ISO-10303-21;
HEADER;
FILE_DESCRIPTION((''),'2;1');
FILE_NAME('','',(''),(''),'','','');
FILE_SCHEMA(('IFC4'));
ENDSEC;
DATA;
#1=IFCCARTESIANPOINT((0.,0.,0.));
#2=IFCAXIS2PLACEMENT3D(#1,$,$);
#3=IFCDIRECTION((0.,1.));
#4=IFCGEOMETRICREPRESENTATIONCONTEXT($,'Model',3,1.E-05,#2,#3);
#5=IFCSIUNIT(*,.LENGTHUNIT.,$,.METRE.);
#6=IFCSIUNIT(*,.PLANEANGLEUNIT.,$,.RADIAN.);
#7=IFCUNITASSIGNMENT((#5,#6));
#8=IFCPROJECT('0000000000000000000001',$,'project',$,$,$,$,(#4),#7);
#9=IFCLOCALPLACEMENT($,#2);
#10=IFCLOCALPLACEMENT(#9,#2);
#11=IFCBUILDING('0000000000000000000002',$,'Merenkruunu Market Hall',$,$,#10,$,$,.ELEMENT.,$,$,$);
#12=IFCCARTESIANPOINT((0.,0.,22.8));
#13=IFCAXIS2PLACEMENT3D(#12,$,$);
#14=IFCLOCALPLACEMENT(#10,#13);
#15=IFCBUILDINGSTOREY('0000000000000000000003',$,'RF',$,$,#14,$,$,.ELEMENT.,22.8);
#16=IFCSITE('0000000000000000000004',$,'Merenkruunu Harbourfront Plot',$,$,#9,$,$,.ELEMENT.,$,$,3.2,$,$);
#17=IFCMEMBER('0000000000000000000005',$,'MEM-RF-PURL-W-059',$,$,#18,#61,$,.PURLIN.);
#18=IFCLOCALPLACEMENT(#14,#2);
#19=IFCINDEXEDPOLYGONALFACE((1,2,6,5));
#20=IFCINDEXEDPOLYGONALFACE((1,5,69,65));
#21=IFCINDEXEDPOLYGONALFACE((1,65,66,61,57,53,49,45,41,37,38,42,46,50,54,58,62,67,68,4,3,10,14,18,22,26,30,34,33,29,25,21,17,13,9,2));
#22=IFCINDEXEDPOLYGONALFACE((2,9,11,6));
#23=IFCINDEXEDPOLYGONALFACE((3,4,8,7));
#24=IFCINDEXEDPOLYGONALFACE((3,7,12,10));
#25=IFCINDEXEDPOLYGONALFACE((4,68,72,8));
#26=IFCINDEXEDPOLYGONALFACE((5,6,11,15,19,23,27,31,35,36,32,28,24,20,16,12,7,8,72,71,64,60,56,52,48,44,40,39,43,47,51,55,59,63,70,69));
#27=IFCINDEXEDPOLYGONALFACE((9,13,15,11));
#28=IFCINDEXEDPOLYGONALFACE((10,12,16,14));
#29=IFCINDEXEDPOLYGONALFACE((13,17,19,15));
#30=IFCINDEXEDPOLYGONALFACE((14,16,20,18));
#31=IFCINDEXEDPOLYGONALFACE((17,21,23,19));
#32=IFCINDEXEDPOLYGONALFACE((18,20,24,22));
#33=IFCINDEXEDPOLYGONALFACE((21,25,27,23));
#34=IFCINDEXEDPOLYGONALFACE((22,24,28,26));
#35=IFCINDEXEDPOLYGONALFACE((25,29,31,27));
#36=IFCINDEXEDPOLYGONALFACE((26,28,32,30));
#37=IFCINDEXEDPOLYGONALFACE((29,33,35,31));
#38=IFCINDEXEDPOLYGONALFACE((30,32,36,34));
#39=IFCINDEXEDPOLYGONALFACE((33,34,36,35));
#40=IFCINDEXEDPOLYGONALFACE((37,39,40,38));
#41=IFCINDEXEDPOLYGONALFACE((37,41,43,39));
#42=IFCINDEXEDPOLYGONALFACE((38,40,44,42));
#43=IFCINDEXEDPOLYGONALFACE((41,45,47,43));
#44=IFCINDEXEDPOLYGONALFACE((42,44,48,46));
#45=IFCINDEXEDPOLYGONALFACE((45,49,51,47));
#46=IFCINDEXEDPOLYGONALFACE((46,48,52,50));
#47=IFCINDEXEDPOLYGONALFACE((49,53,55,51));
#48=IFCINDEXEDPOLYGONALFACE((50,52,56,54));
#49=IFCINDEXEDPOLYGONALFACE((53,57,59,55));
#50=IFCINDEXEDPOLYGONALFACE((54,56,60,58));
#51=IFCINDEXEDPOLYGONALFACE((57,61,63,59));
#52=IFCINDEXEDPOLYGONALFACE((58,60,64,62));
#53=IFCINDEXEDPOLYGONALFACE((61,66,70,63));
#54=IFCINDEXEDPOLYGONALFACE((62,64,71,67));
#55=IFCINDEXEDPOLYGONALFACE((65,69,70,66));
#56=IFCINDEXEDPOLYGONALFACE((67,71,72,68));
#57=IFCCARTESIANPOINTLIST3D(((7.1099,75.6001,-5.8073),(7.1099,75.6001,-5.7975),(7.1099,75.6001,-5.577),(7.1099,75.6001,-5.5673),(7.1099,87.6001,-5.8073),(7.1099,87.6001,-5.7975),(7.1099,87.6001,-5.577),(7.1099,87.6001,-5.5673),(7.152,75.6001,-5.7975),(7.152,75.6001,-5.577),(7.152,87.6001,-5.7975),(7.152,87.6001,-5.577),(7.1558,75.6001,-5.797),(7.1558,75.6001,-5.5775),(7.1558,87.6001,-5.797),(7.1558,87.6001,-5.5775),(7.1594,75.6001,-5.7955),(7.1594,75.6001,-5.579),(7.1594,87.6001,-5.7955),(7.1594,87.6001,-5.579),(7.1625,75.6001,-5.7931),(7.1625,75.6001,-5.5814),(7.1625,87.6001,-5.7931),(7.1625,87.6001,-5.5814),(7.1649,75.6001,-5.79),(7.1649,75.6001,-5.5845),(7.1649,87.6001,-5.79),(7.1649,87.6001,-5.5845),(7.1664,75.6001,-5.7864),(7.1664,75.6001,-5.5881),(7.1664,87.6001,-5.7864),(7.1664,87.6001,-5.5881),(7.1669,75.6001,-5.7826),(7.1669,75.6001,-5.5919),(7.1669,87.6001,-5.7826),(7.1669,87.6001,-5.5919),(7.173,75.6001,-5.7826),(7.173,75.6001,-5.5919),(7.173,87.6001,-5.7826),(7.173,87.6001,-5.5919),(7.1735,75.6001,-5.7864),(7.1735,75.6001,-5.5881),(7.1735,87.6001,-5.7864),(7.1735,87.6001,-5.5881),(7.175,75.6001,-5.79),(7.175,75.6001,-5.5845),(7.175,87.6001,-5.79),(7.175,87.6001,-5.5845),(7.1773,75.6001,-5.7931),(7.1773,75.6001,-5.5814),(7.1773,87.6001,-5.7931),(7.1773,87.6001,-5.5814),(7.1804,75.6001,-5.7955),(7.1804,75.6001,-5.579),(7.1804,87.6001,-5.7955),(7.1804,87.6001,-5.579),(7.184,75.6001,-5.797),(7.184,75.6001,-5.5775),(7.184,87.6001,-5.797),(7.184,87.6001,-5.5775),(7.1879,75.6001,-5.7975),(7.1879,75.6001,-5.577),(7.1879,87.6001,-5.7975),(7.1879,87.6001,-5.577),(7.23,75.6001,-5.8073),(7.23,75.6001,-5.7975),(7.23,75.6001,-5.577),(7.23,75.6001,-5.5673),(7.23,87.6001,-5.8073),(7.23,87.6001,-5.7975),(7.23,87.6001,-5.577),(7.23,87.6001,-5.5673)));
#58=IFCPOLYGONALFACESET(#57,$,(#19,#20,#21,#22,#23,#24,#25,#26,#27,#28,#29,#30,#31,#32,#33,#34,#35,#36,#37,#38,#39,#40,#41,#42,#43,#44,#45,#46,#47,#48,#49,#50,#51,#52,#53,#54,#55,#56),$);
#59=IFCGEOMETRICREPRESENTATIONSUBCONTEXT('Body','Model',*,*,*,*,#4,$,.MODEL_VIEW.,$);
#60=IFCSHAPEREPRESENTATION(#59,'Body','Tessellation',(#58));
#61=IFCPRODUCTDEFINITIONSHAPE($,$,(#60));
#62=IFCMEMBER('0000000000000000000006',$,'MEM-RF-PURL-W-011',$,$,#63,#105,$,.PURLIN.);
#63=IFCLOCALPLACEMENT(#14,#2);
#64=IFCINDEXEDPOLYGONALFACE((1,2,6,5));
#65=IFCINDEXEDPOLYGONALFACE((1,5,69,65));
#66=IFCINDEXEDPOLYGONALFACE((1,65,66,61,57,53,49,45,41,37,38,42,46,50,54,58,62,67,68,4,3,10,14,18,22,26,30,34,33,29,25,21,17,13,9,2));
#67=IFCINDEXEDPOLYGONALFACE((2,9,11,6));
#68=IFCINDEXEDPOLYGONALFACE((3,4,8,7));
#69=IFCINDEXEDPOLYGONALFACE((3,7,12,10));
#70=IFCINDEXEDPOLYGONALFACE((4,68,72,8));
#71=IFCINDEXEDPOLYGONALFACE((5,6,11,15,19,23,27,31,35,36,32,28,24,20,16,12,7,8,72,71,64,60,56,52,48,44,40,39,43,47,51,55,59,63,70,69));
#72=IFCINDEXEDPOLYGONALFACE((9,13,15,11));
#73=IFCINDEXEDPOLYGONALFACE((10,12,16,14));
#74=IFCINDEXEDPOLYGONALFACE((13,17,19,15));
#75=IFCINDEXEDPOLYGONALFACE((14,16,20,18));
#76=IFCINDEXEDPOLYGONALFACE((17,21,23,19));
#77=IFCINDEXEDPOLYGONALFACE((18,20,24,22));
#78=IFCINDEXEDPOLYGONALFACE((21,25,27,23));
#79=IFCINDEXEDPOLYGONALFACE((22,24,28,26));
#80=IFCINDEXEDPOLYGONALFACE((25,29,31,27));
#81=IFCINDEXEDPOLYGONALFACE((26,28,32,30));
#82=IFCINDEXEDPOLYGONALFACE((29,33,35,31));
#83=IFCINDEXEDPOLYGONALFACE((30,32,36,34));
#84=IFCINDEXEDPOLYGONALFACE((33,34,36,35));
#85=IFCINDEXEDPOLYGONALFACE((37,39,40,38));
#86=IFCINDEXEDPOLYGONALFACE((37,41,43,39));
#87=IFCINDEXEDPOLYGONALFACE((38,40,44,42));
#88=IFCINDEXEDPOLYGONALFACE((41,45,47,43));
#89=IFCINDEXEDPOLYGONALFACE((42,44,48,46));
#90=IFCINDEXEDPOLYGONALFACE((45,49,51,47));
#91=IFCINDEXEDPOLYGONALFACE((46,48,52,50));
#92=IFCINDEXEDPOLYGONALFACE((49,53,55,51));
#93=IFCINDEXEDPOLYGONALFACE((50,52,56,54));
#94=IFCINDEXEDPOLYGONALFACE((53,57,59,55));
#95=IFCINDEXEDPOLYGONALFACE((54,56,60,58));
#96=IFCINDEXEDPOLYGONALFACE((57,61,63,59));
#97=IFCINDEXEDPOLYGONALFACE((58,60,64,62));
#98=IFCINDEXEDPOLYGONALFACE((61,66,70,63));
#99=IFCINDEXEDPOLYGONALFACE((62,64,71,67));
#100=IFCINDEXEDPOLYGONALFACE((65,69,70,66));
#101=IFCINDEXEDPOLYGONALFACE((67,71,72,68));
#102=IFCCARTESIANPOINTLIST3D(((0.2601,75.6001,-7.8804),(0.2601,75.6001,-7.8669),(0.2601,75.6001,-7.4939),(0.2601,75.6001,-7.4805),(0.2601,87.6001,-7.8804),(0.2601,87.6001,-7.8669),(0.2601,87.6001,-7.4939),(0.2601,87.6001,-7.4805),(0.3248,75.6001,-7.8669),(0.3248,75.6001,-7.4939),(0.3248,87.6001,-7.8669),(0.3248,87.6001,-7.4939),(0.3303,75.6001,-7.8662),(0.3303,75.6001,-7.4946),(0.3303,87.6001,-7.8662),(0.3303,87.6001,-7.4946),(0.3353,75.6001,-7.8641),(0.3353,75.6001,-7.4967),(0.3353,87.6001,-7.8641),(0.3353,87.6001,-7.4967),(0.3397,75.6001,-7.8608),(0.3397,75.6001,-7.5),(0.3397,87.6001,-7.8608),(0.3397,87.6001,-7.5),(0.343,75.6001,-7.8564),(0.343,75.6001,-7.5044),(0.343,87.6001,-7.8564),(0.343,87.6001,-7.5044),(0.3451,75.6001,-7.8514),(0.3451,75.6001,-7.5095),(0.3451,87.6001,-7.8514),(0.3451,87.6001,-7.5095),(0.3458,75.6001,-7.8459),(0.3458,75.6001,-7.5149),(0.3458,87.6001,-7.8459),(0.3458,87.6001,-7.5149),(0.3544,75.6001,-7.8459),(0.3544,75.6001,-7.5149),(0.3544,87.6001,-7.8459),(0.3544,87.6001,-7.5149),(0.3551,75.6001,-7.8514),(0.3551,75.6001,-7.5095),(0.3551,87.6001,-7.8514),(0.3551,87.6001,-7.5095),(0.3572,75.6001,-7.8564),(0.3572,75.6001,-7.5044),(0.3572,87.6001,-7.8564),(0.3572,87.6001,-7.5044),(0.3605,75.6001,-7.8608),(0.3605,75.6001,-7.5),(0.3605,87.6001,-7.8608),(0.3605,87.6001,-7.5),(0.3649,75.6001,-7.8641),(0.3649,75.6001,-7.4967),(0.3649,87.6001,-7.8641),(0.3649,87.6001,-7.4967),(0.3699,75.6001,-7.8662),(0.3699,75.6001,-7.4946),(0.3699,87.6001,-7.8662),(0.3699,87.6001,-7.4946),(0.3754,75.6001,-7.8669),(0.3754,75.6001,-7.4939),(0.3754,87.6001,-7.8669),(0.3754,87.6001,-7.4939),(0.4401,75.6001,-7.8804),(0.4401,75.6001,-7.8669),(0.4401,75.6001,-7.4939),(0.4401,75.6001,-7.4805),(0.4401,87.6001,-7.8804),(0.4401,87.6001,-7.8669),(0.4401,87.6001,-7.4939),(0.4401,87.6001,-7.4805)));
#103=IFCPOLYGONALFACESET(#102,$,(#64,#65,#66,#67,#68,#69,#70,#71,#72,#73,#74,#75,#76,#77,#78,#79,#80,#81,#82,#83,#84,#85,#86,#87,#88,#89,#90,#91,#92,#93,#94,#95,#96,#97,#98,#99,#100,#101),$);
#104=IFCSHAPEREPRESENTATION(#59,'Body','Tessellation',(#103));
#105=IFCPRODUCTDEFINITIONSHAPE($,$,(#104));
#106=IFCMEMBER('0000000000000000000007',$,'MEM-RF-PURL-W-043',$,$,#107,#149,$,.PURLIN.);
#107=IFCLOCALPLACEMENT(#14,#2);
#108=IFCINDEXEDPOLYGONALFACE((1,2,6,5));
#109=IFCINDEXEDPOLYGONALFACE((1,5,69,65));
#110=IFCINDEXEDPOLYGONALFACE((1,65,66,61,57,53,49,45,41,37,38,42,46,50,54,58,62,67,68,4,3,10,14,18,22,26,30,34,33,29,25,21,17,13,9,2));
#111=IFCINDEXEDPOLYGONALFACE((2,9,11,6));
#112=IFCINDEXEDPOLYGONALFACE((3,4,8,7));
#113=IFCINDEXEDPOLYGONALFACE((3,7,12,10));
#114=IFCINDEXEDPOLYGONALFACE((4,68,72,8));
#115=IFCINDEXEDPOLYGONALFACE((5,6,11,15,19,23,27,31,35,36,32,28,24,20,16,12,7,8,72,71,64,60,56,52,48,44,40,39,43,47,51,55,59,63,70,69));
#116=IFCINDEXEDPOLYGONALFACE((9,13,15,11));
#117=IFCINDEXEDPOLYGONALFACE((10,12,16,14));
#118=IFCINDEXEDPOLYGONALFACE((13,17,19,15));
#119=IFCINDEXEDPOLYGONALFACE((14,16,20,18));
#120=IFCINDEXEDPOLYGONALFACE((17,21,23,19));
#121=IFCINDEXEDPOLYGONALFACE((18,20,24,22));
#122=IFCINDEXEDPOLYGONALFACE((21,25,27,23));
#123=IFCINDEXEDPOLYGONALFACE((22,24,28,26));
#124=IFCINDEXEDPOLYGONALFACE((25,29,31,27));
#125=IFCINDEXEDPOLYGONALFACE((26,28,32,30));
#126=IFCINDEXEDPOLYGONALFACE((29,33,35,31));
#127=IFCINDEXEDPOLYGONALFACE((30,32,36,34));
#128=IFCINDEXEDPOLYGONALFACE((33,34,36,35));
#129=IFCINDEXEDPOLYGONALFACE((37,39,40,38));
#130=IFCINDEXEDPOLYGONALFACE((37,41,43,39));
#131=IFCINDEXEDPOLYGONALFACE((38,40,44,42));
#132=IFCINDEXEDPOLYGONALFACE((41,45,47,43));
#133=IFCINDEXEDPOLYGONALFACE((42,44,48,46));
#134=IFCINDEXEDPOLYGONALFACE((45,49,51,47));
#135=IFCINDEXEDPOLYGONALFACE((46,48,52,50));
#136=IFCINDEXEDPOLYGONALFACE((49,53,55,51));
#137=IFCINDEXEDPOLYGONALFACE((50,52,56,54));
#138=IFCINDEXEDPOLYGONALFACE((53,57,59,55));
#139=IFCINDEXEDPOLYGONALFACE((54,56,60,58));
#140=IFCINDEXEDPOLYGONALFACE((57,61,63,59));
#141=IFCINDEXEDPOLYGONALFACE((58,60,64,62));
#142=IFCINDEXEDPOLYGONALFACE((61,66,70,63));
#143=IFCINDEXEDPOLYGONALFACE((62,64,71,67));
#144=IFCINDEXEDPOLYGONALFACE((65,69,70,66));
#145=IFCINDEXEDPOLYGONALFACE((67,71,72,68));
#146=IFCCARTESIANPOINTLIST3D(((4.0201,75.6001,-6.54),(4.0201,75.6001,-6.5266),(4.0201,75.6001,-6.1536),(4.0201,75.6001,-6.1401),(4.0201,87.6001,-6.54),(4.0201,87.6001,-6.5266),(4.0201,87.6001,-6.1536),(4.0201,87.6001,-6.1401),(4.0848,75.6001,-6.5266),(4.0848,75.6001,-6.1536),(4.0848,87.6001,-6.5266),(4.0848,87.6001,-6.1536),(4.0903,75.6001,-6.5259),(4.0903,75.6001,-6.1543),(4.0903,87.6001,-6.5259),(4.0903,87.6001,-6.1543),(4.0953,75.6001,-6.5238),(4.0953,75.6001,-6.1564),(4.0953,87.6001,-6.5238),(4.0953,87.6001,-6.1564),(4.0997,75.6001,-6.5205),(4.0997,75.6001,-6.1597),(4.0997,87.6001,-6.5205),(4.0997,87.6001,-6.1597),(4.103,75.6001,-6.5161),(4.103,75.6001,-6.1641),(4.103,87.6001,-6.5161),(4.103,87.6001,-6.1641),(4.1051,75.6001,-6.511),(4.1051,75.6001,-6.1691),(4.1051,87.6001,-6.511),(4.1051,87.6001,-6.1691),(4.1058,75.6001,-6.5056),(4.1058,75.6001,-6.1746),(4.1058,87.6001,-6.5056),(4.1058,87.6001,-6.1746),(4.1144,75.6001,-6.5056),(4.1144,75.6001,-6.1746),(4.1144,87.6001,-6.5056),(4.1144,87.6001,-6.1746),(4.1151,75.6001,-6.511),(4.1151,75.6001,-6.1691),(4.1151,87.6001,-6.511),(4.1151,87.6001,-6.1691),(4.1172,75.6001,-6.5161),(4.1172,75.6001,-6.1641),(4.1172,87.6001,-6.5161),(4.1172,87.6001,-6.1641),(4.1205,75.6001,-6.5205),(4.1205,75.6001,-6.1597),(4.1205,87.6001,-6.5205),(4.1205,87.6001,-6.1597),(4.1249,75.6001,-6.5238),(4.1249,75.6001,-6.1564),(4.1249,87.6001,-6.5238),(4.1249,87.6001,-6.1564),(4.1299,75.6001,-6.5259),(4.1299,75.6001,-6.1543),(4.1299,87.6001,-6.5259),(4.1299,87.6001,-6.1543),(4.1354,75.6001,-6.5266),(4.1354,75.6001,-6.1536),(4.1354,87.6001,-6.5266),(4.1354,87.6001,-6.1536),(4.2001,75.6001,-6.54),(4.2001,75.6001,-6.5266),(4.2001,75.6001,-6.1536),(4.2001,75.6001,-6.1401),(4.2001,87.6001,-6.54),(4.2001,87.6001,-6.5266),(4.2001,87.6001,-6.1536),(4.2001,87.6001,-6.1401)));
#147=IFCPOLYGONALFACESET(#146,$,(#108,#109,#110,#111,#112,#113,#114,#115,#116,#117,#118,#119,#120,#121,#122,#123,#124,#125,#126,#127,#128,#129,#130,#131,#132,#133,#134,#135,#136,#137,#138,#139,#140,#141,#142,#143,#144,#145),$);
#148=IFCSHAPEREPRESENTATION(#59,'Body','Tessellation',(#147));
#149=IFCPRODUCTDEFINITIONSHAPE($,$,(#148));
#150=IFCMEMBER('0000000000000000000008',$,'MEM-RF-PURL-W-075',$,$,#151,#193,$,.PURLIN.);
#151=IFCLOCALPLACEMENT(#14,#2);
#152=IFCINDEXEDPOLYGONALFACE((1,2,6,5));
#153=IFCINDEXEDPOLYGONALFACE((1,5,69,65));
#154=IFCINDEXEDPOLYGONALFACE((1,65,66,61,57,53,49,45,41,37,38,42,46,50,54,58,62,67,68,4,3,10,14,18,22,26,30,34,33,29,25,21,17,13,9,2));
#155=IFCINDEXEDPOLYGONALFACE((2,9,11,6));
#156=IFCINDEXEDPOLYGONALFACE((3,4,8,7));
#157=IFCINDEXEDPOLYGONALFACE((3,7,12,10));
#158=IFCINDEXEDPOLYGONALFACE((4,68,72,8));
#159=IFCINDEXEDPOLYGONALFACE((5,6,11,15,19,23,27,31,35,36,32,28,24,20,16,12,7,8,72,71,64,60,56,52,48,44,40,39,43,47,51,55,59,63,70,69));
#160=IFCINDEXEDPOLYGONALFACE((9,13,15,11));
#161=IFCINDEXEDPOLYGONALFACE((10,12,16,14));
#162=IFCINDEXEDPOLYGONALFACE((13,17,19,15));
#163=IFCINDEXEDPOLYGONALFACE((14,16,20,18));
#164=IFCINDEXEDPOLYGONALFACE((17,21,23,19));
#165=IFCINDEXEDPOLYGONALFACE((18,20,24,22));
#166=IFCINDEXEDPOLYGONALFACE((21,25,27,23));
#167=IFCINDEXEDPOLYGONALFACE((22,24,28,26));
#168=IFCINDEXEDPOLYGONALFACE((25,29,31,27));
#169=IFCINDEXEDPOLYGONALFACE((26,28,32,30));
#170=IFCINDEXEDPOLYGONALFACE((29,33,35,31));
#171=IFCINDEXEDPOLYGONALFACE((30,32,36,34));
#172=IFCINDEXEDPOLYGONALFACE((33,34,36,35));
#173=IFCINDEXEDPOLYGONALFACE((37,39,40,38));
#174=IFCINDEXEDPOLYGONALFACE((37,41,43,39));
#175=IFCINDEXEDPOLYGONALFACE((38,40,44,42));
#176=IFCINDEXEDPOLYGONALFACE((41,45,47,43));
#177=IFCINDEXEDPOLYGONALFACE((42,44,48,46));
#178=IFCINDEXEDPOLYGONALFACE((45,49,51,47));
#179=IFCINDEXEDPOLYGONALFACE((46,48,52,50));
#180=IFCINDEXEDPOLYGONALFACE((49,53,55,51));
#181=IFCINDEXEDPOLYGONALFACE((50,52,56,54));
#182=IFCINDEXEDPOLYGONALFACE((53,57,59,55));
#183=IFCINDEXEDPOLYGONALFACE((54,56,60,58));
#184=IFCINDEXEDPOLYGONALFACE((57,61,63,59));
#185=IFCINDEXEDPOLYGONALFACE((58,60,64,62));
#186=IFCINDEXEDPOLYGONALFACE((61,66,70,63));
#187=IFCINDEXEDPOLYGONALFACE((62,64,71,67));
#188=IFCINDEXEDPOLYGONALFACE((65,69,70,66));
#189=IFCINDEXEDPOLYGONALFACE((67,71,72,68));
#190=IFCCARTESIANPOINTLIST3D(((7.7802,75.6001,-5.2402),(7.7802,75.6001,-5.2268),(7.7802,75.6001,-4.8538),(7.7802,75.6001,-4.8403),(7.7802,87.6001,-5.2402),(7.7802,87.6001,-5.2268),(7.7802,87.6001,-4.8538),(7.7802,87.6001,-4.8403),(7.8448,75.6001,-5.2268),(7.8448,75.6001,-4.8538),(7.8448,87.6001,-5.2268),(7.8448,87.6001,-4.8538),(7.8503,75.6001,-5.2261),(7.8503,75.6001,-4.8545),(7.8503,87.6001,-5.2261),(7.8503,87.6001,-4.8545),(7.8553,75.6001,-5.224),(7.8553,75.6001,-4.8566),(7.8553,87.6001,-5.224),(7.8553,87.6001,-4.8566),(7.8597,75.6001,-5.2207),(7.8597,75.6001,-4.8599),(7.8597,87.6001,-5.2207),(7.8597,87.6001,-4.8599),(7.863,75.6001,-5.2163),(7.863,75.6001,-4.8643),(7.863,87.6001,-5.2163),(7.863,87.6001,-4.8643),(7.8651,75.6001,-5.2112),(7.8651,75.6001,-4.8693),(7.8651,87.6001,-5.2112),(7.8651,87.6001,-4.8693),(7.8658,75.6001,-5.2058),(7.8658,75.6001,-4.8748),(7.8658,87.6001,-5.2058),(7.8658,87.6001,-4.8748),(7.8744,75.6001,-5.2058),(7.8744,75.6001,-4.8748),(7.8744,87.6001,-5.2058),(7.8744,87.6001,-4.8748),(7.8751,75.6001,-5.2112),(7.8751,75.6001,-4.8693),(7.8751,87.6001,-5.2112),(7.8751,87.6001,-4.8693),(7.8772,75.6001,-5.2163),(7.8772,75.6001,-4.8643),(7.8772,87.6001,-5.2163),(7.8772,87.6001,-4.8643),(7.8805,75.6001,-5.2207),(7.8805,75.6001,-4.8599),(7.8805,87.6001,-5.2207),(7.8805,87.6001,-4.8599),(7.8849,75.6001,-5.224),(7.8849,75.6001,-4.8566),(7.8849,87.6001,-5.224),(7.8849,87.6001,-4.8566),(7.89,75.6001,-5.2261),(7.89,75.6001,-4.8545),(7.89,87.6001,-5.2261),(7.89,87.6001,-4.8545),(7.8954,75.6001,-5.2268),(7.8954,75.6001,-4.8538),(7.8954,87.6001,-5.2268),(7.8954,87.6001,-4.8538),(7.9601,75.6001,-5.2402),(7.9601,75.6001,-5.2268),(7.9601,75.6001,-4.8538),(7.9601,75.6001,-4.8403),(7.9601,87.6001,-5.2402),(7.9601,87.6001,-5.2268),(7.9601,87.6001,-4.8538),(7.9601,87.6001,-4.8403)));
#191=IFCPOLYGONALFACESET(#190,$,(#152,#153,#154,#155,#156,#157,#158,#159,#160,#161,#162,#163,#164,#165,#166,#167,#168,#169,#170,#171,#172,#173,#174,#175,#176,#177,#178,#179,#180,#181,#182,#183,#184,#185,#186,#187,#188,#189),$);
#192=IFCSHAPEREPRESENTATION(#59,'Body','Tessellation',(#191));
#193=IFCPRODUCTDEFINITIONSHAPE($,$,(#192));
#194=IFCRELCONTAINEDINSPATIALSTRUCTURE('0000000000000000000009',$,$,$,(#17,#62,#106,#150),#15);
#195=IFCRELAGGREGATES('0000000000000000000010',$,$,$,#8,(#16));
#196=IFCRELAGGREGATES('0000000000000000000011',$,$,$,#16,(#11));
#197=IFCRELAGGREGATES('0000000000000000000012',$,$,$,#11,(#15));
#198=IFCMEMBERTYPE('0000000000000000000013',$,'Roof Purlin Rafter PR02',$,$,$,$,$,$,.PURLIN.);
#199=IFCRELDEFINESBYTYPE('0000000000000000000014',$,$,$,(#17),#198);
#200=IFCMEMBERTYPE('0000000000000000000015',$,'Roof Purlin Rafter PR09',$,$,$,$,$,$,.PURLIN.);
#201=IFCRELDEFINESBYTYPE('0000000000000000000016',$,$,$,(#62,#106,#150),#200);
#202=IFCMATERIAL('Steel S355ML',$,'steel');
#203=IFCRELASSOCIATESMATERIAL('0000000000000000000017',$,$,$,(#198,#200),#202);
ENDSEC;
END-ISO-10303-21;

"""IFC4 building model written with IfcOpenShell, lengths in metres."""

from ifc_helpers import new_model, si_unit, direction, frame, origin, origin_2d, place, context, subcontext, project, spatial, i_section, extrude, material, material_profile, profile_set, type_object, element, save


model = new_model("IFC4")

# Units and contexts
model_context = context("Model", 3, precision=1e-05, world=origin(), true_north=direction((0.0, 1.0)))
body_context = subcontext(model_context, "Body", "Model", "MODEL_VIEW")
ifc_project = project(units=[si_unit("LENGTHUNIT", "METRE"), si_unit("PLANEANGLEUNIT", "RADIAN")], contexts=[model_context])

# Site, building, storey
site_placement = place(None, origin())
site = spatial("IfcSite", under=ifc_project, at=site_placement, Name="Merenkruunu Harbourfront Plot", CompositionType="ELEMENT", RefElevation=3.2)
building_placement = place(site_placement, origin())
building = spatial("IfcBuilding", under=site, at=building_placement, Name="Merenkruunu Market Hall", CompositionType="ELEMENT")
storey_placement = place(building_placement, frame((0.0, 0.0, 22.8)))
storey = spatial("IfcBuildingStorey", under=building, at=storey_placement, Name="RF", CompositionType="ELEMENT", Elevation=22.8)

# Shared definitions
ifc_material_1 = material(Name="Steel S355ML", Category="steel")

# Members
ifc_material_profile_1 = material_profile(ifc_material_1, i_section(OverallWidth=0.1201, OverallDepth=0.24, WebThickness=0.0061, FlangeThickness=0.0098, FilletRadius=0.0149, at=origin_2d()), Name="IPE 240")
ifc_profile_set_1 = profile_set([ifc_material_profile_1], Name="Steel S355ML")
member_type_1 = type_object("IfcMemberType", Name="Roof Purlin Rafter PR02", PredefinedType="PURLIN", material=ifc_profile_set_1)
member_1_placement = place(storey_placement, frame((7.1699, 75.6001, -5.6873), z_axis=(0.0, 1.0, 0.0), x_axis=(-1.0, 0.0, 0.0)))
element("IfcMember", 1, at=member_1_placement, inside=storey, type_object=member_type_1, Name="MEM-RF-PURL-W-059", PredefinedType="PURLIN", context=body_context, shape_type="SweptSolid", body=[
    extrude(i_section(OverallWidth=0.1201, OverallDepth=0.24, WebThickness=0.0061, FlangeThickness=0.0098, FilletRadius=0.0149, at=origin_2d()), origin(), (0.0, 0.0, 1.0), 12.0),
])
ifc_material_profile_2 = material_profile(ifc_material_1, i_section(OverallWidth=0.1799, OverallDepth=0.3999, WebThickness=0.0085, FlangeThickness=0.0134, FilletRadius=0.021, at=origin_2d()), Name="IPE 400")
ifc_profile_set_2 = profile_set([ifc_material_profile_2], Name="Steel S355ML")
member_type_2 = type_object("IfcMemberType", Name="Roof Purlin Rafter PR09", PredefinedType="PURLIN", material=ifc_profile_set_2)
for number, where, z_axis, x_axis, name in (
    (2, (0.3501, 75.6001, -7.6804), (0.0, 1.0, 0.0), (-1.0, 0.0, 0.0), "MEM-RF-PURL-W-011"),
    (3, (4.1101, 75.6001, -6.3401), (0.0, 1.0, 0.0), (-1.0, 0.0, 0.0), "MEM-RF-PURL-W-043"),
    (4, (7.8701, 75.6001, -5.0403), (0.0, 1.0, 0.0), (-1.0, 0.0, 0.0), "MEM-RF-PURL-W-075"),
):
    element("IfcMember", number, at=place(storey_placement, frame(where, z_axis=z_axis, x_axis=x_axis)), inside=storey, type_object=member_type_2, Name=name, PredefinedType="PURLIN", context=body_context, shape_type="SweptSolid", body=[
        extrude(i_section(OverallWidth=0.1799, OverallDepth=0.3999, WebThickness=0.0085, FlangeThickness=0.0134, FilletRadius=0.021, at=origin_2d()), origin(), (0.0, 0.0, 1.0), 12.0),
    ])

save(model, "model.ifc")
